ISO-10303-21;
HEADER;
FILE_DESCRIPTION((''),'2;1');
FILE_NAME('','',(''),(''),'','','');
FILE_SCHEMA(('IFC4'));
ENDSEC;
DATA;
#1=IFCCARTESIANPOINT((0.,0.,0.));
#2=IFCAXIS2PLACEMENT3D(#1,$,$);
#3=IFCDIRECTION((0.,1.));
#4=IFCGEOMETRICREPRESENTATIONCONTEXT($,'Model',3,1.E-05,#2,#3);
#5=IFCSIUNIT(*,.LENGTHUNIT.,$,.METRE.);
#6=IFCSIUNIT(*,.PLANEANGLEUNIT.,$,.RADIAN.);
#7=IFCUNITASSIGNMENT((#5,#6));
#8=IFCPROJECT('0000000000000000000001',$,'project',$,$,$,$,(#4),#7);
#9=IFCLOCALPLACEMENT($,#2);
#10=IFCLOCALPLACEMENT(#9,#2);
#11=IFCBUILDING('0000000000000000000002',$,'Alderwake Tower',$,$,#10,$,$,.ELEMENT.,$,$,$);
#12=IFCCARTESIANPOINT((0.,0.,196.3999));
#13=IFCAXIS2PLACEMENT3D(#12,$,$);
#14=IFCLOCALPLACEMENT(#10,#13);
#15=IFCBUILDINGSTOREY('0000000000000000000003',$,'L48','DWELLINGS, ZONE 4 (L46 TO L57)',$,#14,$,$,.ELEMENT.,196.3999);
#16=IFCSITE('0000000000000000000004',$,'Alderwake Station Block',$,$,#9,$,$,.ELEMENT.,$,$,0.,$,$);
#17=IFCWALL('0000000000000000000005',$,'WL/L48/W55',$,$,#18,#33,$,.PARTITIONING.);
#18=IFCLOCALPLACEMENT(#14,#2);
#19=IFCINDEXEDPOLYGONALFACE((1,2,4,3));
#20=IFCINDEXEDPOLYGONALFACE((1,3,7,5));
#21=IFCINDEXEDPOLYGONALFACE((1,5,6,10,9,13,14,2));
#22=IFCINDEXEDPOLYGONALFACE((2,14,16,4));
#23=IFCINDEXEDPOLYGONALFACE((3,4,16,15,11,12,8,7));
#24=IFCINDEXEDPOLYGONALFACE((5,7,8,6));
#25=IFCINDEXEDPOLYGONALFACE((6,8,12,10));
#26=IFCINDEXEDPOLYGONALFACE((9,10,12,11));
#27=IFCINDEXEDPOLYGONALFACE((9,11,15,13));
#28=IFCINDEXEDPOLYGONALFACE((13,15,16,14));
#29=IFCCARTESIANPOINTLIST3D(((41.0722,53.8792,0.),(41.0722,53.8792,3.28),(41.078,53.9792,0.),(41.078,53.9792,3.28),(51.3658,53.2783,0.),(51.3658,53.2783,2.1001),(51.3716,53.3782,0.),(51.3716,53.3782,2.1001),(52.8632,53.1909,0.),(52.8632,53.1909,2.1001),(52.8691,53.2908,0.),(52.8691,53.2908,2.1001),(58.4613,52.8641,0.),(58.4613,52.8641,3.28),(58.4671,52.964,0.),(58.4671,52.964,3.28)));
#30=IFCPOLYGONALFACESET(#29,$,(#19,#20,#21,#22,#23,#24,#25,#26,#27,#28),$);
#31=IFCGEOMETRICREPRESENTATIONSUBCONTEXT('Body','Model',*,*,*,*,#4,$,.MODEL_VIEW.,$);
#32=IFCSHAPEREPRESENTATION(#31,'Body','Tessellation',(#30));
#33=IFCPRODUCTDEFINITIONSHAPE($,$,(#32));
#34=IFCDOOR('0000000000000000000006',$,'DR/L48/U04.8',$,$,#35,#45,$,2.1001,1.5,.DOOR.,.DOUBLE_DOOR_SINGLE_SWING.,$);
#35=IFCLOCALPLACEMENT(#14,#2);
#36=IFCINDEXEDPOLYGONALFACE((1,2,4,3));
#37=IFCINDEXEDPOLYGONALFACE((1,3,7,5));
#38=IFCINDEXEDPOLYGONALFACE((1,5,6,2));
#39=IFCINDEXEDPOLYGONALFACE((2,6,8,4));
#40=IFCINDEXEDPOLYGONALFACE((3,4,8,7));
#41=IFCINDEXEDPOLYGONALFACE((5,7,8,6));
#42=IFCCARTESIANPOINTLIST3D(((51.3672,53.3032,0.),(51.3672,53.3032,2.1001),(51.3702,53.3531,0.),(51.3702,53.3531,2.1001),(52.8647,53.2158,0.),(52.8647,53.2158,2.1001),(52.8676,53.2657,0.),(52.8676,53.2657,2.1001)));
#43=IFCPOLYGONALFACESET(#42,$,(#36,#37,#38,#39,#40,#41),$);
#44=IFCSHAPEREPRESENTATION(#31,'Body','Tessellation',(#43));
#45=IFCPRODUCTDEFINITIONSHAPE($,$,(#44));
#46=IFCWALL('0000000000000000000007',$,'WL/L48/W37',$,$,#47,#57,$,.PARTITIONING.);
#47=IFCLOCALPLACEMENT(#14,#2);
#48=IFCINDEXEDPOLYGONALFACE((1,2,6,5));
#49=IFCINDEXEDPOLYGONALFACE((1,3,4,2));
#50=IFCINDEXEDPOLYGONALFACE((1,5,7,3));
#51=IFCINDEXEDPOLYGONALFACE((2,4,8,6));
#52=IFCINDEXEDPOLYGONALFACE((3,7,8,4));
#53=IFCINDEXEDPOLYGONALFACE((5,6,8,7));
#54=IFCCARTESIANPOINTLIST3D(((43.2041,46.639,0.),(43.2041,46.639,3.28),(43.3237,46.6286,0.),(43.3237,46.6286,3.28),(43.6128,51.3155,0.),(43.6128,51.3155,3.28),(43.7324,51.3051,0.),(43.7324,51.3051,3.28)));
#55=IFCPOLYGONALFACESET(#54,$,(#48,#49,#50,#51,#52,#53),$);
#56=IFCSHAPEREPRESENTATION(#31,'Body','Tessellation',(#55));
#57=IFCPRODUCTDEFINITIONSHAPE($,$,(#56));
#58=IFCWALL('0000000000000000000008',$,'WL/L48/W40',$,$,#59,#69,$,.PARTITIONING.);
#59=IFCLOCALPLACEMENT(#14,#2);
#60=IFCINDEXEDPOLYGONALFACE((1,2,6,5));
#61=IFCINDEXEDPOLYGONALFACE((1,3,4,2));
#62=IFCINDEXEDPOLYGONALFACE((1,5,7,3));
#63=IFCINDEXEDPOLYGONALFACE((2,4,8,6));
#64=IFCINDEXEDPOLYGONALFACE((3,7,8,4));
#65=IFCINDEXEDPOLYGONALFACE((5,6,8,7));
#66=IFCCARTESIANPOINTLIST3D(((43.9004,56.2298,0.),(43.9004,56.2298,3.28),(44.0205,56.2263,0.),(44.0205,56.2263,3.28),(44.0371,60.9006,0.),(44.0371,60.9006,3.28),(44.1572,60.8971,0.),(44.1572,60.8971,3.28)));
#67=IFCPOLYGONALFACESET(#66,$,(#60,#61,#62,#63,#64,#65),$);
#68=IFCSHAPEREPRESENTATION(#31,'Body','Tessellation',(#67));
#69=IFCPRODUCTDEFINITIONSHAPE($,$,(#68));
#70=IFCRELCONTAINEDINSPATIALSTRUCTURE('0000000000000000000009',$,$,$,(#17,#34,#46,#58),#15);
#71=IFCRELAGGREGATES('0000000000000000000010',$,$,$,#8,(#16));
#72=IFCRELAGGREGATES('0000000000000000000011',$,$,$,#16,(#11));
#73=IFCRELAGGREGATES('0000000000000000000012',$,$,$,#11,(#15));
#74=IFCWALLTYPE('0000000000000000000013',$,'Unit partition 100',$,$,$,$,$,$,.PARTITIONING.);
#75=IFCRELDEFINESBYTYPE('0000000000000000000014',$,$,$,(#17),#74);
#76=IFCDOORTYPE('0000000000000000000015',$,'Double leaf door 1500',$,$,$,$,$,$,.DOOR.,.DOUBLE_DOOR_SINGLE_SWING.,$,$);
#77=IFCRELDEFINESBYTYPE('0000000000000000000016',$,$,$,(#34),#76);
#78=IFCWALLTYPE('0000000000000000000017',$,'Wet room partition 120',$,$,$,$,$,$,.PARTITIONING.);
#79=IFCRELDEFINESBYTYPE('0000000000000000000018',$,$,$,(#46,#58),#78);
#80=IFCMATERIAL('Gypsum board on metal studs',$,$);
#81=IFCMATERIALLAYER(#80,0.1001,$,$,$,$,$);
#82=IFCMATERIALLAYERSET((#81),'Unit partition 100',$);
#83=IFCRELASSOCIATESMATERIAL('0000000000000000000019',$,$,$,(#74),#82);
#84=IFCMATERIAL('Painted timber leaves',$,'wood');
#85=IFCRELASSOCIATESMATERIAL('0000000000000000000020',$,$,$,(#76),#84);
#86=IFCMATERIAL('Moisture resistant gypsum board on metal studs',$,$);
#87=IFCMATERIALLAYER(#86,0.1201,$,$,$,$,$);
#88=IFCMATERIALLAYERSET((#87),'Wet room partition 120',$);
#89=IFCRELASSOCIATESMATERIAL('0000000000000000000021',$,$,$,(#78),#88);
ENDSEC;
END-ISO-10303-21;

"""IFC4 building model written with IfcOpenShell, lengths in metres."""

from ifc_helpers import new_model, si_unit, direction, frame, frame_2d, origin, place, context, subcontext, project, spatial, rectangle, extrude, material, layer, layer_set, type_object, element, fill, save


model = new_model("IFC4")

# Units and contexts
model_context = context("Model", 3, precision=1e-05, world=origin(), true_north=direction((0.0, 1.0)))
body_context = subcontext(model_context, "Body", "Model", "MODEL_VIEW")
ifc_project = project(units=[si_unit("LENGTHUNIT", "METRE"), si_unit("PLANEANGLEUNIT", "RADIAN")], contexts=[model_context])

# Site, building, storey
site_placement = place(None, origin())
site = spatial("IfcSite", under=ifc_project, at=site_placement, Name="Alderwake Station Block", CompositionType="ELEMENT", RefElevation=0.0)
building_placement = place(site_placement, origin())
building = spatial("IfcBuilding", under=site, at=building_placement, Name="Alderwake Tower", CompositionType="ELEMENT")
storey_placement = place(building_placement, frame((0.0, 0.0, 196.3999)))
storey = spatial("IfcBuildingStorey", under=building, at=storey_placement, Name="L48", Description="DWELLINGS, ZONE 4 (L46 TO L57)", CompositionType="ELEMENT", Elevation=196.3999)

# Shared definitions
ifc_material_1 = material(Name="Gypsum board on metal studs")
ifc_layer_1 = layer(ifc_material_1, 0.1001)
ifc_layer_set_1 = layer_set([ifc_layer_1], Name="Unit partition 100")
wall_type_1 = type_object("IfcWallType", Name="Unit partition 100", PredefinedType="PARTITIONING", material=ifc_layer_set_1)

# Wall, opening, door
wall_1_placement = place(storey_placement, frame((41.075, 53.9292, 0.0), z_axis=(0.0, 0.0, 1.0), x_axis=(0.9983, -0.058278, 0.0)))
wall_1 = element("IfcWall", 1, at=wall_1_placement, inside=storey, type_object=wall_type_1, Name="WL/L48/W55", PredefinedType="PARTITIONING", context=body_context, shape_type="SweptSolid", body=[
    extrude(rectangle(XDim=17.4187, YDim=0.1001, at=frame_2d((8.7095, 0.0))), origin(), (0.0, 0.0, 1.0), 3.28),
])
opening_1_placement = place(wall_1_placement, frame((10.3113, 0.0, 0.0)))
opening_1 = element("IfcOpeningElement", 2, at=opening_1_placement, cuts=wall_1, PredefinedType="OPENING", context=body_context, shape_type="SweptSolid", body=[
    extrude(rectangle(XDim=1.5, YDim=2.1001, at=frame_2d((0.75, 1.05))), frame((0.0, 0.0601, 0.0), z_axis=(0.0, -1.0, 0.0), x_axis=(1.0, 0.0, 0.0)), (0.0, 0.0, 1.0), 0.1201),
])
ifc_material_2 = material(Name="Painted timber leaves", Category="wood")
door_type_1 = type_object("IfcDoorType", Name="Double leaf door 1500", OperationType="DOUBLE_DOOR_SINGLE_SWING", PredefinedType="DOOR", material=ifc_material_2)
door_1_placement = place(opening_1_placement, origin())
door_1 = element("IfcDoor", 3, at=door_1_placement, inside=storey, type_object=door_type_1, Name="DR/L48/U04.8", OperationType="DOUBLE_DOOR_SINGLE_SWING", OverallHeight=2.1001, OverallWidth=1.5, PredefinedType="DOOR", context=body_context, shape_type="SweptSolid", body=[
    extrude(rectangle(XDim=1.5, YDim=2.1001, at=frame_2d((0.75, 1.05))), frame((0.0, 0.0249, 0.0), z_axis=(0.0, -1.0, 0.0), x_axis=(1.0, 0.0, 0.0)), (0.0, 0.0, 1.0), 0.05),
])
fill(opening_1, door_1)

# Walls
ifc_material_3 = material(Name="Moisture resistant gypsum board on metal studs")
ifc_layer_2 = layer(ifc_material_3, 0.1201)
ifc_layer_set_2 = layer_set([ifc_layer_2], Name="Wet room partition 120")
wall_type_2 = type_object("IfcWallType", Name="Wet room partition 120", PredefinedType="PARTITIONING", material=ifc_layer_set_2)
wall_2_placement = place(storey_placement, frame((43.2639, 46.6338, 0.0), z_axis=(0.0, 0.0, 1.0), x_axis=(0.08706, 0.996203, 0.0)))
element("IfcWall", 4, at=wall_2_placement, inside=storey, type_object=wall_type_2, Name="WL/L48/W37", PredefinedType="PARTITIONING", context=body_context, shape_type="SweptSolid", body=[
    extrude(rectangle(XDim=4.6943, YDim=0.1201, at=frame_2d((2.3472, 0.0))), origin(), (0.0, 0.0, 1.0), 3.28),
])
wall_3_placement = place(storey_placement, frame((43.9604, 56.228, 0.0), z_axis=(0.0, 0.0, 1.0), x_axis=(0.029258, 0.999572, 0.0)))
element("IfcWall", 5, at=wall_3_placement, inside=storey, type_object=wall_type_2, Name="WL/L48/W40", PredefinedType="PARTITIONING", context=body_context, shape_type="SweptSolid", body=[
    extrude(rectangle(XDim=4.6729, YDim=0.1201, at=frame_2d((2.3364, 0.0))), origin(), (0.0, 0.0, 1.0), 3.28),
])

save(model, "model.ifc")
